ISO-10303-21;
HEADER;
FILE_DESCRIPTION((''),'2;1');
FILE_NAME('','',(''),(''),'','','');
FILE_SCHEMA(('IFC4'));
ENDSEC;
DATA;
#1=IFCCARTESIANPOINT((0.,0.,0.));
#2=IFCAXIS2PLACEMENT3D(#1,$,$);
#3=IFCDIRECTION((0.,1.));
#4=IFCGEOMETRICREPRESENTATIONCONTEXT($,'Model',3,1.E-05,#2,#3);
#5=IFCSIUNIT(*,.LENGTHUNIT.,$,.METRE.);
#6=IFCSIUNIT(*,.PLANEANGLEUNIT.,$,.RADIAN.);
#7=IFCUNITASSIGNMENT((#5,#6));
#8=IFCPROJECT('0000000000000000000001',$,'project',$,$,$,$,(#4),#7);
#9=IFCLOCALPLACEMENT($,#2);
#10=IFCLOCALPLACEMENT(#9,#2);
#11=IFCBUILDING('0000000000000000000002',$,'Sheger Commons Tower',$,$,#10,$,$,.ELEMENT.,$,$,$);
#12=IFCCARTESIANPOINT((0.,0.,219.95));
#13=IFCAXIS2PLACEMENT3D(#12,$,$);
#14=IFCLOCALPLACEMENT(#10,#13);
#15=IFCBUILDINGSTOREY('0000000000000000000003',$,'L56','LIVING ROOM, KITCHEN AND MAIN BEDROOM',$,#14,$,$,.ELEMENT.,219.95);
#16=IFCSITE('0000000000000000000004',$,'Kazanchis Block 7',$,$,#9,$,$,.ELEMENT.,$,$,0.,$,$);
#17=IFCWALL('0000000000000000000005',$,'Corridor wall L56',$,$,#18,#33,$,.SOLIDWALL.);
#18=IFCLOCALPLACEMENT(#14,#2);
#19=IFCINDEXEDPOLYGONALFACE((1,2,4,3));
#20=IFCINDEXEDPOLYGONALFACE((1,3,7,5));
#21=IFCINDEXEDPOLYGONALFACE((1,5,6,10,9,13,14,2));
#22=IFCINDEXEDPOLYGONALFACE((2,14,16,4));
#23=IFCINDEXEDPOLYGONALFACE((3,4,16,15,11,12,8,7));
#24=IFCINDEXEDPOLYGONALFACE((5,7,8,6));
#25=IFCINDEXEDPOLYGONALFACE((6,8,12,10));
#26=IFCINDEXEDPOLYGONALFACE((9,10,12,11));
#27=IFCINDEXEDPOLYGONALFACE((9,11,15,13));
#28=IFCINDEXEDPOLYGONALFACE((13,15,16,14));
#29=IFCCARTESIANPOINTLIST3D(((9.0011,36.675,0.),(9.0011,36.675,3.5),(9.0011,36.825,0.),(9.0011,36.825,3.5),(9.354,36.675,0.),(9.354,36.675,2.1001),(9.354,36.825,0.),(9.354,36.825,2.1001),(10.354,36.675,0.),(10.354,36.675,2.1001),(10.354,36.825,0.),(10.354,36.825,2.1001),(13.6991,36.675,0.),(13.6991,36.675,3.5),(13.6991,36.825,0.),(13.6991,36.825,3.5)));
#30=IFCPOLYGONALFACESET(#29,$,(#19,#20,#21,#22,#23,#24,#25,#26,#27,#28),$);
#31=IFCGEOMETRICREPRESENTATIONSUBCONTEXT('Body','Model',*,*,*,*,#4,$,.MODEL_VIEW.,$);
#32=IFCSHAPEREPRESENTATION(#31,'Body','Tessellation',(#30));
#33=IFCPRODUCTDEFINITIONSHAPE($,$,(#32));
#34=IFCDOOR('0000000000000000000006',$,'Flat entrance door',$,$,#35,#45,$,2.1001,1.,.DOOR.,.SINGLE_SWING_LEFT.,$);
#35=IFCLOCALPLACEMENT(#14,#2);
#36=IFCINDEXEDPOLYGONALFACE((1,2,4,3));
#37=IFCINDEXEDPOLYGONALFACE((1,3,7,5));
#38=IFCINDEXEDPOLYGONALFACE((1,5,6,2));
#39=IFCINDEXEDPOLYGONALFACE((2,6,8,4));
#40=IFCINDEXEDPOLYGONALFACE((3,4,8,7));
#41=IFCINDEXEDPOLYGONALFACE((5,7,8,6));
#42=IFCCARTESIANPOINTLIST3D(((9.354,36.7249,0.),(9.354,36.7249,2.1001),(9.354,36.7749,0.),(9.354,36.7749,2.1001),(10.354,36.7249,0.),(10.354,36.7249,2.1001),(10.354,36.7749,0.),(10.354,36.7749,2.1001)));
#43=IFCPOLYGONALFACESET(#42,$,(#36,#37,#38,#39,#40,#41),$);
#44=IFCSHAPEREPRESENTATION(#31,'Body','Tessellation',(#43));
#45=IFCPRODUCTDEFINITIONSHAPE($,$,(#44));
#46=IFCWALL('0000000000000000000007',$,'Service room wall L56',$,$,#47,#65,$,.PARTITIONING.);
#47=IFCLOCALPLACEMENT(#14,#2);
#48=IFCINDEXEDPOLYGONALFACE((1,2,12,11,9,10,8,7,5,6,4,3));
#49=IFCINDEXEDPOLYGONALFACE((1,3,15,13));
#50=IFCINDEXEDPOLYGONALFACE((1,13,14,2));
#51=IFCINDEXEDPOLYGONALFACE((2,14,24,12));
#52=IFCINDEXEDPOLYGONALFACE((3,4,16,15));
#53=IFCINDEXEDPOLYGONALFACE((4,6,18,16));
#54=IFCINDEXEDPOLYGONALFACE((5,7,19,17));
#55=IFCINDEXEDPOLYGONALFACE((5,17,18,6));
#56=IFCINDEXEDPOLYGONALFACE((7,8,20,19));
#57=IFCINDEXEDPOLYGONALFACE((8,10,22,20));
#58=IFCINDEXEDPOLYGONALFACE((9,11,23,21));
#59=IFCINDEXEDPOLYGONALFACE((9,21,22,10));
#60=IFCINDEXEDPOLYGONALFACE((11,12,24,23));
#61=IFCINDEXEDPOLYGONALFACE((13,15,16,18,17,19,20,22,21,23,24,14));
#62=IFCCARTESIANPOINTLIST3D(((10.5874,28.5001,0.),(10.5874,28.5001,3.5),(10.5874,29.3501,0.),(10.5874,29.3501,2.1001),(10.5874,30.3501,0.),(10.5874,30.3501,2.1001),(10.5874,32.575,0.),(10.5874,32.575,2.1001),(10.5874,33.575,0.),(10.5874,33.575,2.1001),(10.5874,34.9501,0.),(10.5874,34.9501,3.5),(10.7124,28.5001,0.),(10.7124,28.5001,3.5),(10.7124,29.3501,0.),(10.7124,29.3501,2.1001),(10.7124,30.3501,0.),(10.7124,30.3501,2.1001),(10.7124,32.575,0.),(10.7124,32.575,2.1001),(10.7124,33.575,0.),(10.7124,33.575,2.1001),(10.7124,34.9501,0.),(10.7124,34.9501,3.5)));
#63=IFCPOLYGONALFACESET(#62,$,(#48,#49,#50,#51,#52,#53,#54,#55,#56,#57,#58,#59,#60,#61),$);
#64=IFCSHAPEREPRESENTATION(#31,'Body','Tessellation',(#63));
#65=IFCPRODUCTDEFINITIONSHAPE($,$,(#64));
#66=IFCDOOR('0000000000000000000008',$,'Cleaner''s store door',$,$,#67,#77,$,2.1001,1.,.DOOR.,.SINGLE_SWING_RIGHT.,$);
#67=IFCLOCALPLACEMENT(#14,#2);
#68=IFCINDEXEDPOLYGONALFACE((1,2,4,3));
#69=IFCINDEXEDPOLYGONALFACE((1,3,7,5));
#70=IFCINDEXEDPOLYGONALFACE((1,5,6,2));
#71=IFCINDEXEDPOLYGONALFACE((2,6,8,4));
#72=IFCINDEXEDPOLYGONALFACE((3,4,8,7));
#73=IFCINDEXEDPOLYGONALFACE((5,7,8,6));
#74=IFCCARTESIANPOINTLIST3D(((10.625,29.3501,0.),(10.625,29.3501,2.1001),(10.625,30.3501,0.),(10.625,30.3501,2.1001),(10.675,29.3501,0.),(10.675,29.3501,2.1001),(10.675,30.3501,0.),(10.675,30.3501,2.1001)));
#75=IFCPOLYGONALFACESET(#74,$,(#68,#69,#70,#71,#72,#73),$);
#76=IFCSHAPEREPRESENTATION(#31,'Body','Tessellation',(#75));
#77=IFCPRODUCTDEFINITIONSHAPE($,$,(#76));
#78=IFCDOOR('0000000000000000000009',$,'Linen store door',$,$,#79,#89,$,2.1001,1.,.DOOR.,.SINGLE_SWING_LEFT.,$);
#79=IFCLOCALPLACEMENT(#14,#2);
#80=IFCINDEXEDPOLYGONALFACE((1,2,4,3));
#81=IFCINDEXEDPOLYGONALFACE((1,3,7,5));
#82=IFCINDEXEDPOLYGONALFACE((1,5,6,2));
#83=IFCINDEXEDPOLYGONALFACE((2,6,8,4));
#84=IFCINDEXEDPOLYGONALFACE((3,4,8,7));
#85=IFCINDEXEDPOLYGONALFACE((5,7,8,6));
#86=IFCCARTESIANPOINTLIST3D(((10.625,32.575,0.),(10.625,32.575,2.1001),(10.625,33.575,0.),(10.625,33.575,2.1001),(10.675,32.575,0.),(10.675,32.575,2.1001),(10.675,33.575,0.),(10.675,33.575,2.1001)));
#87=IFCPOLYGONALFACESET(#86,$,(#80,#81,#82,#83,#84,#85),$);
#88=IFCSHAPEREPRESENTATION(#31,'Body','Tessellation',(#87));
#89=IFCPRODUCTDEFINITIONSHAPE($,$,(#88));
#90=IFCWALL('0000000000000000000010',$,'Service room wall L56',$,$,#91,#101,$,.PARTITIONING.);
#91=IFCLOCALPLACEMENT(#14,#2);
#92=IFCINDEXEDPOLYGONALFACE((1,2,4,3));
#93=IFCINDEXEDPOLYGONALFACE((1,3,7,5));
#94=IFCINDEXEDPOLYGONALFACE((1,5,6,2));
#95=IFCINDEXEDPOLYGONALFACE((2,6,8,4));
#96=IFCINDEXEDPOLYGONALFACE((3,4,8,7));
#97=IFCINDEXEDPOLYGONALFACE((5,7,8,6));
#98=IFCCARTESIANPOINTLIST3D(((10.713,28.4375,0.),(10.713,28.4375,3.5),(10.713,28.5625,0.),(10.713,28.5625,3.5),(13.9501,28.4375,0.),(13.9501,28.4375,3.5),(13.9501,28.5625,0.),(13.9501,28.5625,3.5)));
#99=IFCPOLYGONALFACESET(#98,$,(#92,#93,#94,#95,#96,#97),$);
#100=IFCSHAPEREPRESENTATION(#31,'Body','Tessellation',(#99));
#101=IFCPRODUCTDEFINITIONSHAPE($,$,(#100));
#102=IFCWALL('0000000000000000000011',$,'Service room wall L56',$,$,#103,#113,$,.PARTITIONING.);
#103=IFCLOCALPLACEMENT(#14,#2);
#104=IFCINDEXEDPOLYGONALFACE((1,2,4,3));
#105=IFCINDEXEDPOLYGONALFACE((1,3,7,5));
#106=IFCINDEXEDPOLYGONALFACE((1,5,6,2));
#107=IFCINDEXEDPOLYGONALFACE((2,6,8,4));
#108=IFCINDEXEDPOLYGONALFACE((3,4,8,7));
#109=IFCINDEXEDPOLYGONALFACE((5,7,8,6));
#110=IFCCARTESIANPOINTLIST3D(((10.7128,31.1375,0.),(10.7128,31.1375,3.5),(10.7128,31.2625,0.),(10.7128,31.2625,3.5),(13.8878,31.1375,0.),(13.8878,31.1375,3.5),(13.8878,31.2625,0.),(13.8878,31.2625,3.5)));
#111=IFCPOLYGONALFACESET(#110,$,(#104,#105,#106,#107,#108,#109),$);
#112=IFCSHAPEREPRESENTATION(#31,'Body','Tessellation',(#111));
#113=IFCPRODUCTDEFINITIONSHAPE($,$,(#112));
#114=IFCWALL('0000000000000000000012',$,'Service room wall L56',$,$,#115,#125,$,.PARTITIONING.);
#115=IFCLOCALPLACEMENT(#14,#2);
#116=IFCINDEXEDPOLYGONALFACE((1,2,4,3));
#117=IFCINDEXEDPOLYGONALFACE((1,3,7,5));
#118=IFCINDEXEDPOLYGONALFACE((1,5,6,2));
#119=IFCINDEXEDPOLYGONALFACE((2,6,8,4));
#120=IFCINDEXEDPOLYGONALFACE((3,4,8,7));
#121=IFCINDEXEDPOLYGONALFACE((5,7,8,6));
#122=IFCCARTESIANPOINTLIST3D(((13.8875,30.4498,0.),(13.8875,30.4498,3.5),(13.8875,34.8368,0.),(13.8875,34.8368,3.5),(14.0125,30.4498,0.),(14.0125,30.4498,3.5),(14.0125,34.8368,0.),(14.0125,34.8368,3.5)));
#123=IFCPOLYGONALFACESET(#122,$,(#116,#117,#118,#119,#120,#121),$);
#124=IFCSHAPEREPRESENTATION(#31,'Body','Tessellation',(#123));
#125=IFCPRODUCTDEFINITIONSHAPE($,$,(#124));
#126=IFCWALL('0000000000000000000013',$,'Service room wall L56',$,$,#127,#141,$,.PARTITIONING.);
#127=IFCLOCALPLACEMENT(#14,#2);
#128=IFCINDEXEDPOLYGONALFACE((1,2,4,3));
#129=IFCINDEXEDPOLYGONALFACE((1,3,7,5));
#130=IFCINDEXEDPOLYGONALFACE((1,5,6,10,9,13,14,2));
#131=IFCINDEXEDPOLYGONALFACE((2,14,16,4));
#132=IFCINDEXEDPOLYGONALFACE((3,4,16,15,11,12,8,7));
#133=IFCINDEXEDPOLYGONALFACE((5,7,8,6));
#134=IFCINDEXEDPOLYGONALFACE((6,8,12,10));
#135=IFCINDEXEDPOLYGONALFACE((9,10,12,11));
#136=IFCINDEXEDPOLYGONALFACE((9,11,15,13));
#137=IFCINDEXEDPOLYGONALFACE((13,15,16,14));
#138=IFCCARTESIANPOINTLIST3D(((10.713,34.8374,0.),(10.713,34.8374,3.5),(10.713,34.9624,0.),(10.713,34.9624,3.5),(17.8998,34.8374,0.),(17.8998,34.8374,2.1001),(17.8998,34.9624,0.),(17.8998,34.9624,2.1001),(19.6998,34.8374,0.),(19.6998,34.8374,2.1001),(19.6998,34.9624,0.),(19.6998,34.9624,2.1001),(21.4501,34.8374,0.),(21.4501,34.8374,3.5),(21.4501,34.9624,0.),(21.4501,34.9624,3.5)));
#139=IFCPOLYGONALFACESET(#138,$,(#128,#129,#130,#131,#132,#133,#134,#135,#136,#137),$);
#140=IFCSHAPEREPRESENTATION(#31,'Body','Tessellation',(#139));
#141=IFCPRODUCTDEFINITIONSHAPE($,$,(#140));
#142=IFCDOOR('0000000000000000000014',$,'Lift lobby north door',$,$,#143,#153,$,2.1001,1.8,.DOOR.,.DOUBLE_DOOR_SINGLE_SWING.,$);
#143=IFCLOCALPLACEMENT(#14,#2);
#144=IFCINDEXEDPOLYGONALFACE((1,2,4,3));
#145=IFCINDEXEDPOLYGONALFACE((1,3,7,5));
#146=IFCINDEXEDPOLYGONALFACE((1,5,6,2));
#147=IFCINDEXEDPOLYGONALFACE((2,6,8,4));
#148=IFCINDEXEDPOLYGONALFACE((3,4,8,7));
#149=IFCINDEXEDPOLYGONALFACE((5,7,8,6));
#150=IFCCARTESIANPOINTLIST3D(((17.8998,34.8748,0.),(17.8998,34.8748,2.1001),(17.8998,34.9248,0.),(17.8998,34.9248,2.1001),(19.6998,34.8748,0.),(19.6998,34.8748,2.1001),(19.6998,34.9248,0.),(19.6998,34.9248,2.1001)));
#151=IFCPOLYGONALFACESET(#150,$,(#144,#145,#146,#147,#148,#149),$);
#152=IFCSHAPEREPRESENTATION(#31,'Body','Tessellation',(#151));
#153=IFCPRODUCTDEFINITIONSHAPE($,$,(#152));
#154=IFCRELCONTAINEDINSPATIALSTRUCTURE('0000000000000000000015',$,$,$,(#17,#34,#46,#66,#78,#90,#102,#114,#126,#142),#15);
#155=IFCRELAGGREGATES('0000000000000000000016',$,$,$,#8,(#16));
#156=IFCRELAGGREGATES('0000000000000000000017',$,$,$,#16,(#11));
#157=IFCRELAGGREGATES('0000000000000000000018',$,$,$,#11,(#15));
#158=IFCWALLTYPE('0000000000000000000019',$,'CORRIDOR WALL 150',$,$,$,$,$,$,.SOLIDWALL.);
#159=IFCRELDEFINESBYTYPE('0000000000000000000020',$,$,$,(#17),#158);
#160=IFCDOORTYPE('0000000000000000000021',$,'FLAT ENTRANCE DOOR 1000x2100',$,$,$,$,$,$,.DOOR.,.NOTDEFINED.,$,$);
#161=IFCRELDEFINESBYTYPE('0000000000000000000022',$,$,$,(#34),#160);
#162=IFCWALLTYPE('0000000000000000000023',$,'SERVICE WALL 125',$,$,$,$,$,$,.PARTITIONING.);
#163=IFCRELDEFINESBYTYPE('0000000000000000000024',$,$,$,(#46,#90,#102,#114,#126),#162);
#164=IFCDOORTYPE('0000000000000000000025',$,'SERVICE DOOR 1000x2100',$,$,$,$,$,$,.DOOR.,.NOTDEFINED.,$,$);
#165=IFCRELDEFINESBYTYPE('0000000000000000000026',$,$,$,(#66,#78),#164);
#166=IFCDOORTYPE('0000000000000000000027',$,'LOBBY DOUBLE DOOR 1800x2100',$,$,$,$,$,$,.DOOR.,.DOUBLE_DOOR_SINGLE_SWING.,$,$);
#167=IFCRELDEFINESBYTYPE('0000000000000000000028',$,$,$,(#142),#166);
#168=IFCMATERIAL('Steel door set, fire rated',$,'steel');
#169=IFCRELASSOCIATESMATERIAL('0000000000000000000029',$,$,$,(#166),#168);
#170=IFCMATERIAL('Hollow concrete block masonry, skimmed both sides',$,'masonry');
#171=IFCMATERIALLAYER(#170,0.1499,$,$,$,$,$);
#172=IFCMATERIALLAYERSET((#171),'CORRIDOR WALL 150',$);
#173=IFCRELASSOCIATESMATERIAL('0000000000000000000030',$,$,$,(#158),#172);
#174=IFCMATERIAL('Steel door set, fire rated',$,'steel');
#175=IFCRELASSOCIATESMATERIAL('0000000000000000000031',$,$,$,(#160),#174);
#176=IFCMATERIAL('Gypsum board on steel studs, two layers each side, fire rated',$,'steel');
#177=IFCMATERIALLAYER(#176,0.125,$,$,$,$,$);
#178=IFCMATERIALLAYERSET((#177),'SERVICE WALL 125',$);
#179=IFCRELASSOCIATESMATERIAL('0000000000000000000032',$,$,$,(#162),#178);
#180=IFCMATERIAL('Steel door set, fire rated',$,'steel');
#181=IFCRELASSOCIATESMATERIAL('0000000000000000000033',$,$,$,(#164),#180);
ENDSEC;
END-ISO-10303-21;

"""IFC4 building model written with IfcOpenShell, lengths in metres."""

from ifc_helpers import new_model, si_unit, direction, frame, frame_2d, origin, place, context, subcontext, project, spatial, rectangle, extrude, material, layer, layer_set, type_object, element, fill, save


model = new_model("IFC4")

# Units and contexts
model_context = context("Model", 3, precision=1e-05, world=origin(), true_north=direction((0.0, 1.0)))
body_context = subcontext(model_context, "Body", "Model", "MODEL_VIEW")
ifc_project = project(units=[si_unit("LENGTHUNIT", "METRE"), si_unit("PLANEANGLEUNIT", "RADIAN")], contexts=[model_context])

# Site, building, storey
site_placement = place(None, origin())
site = spatial("IfcSite", under=ifc_project, at=site_placement, Name="Kazanchis Block 7", CompositionType="ELEMENT", RefElevation=0.0)
building_placement = place(site_placement, origin())
building = spatial("IfcBuilding", under=site, at=building_placement, Name="Sheger Commons Tower", CompositionType="ELEMENT")
storey_placement = place(building_placement, frame((0.0, 0.0, 219.95)))
storey = spatial("IfcBuildingStorey", under=building, at=storey_placement, Name="L56", Description="LIVING ROOM, KITCHEN AND MAIN BEDROOM", CompositionType="ELEMENT", Elevation=219.95)

# Shared definitions
ifc_material_1 = material(Name="Steel door set, fire rated", Category="steel")
door_type_1 = type_object("IfcDoorType", Name="LOBBY DOUBLE DOOR 1800x2100", OperationType="DOUBLE_DOOR_SINGLE_SWING", PredefinedType="DOOR", material=ifc_material_1)

# Wall, opening, door
ifc_material_2 = material(Name="Hollow concrete block masonry, skimmed both sides", Category="masonry")
ifc_layer_1 = layer(ifc_material_2, 0.1499)
ifc_layer_set_1 = layer_set([ifc_layer_1], Name="CORRIDOR WALL 150")
wall_type_1 = type_object("IfcWallType", Name="CORRIDOR WALL 150", PredefinedType="SOLIDWALL", material=ifc_layer_set_1)
wall_1_placement = place(storey_placement, frame((9.001, 36.75, 0.0), z_axis=(0.0, 0.0, 1.0), x_axis=(1.0, 0.0, 0.0)))
wall_1 = element("IfcWall", 1, at=wall_1_placement, inside=storey, type_object=wall_type_1, Name="Corridor wall L56", PredefinedType="SOLIDWALL", context=body_context, shape_type="SweptSolid", body=[
    extrude(rectangle(XDim=4.698, YDim=0.1499, at=frame_2d((2.3491, 0.0))), origin(), (0.0, 0.0, 1.0), 3.5),
])
opening_1_placement = place(wall_1_placement, frame((0.353, 0.0, 0.0)))
opening_1 = element("IfcOpeningElement", 2, at=opening_1_placement, cuts=wall_1, PredefinedType="OPENING", context=body_context, shape_type="SweptSolid", body=[
    extrude(rectangle(XDim=1.0, YDim=2.1001, at=frame_2d((0.5, 1.05))), frame((0.0, 0.085, 0.0), z_axis=(0.0, -1.0, 0.0), x_axis=(1.0, 0.0, 0.0)), (0.0, 0.0, 1.0), 0.1699),
])
ifc_material_3 = material(Name="Steel door set, fire rated", Category="steel")
door_type_2 = type_object("IfcDoorType", Name="FLAT ENTRANCE DOOR 1000x2100", OperationType="NOTDEFINED", PredefinedType="DOOR", material=ifc_material_3)
door_1_placement = place(opening_1_placement, origin())
door_1 = element("IfcDoor", 3, at=door_1_placement, inside=storey, type_object=door_type_2, Name="Flat entrance door", OperationType="SINGLE_SWING_LEFT", OverallHeight=2.1001, OverallWidth=1.0, PredefinedType="DOOR", context=body_context, shape_type="SweptSolid", body=[
    extrude(rectangle(XDim=1.0, YDim=2.1001, at=frame_2d((0.5, 1.05))), frame((0.0, 0.0249, 0.0), z_axis=(0.0, -1.0, 0.0), x_axis=(1.0, 0.0, 0.0)), (0.0, 0.0, 1.0), 0.05),
])
fill(opening_1, door_1)

# Wall, openings, doors
ifc_material_4 = material(Name="Gypsum board on steel studs, two layers each side, fire rated", Category="steel")
ifc_layer_2 = layer(ifc_material_4, 0.125)
ifc_layer_set_2 = layer_set([ifc_layer_2], Name="SERVICE WALL 125")
wall_type_2 = type_object("IfcWallType", Name="SERVICE WALL 125", PredefinedType="PARTITIONING", material=ifc_layer_set_2)
wall_2_placement = place(storey_placement, frame((10.6499, 28.5, 0.0), z_axis=(0.0, 0.0, 1.0), x_axis=(0.0, 1.0, 0.0)))
wall_2 = element("IfcWall", 4, at=wall_2_placement, inside=storey, type_object=wall_type_2, Name="Service room wall L56", PredefinedType="PARTITIONING", context=body_context, shape_type="SweptSolid", body=[
    extrude(rectangle(XDim=6.45, YDim=0.125, at=frame_2d((3.2251, 0.0))), origin(), (0.0, 0.0, 1.0), 3.5),
])
opening_2_placement = place(wall_2_placement, frame((0.8501, 0.0, 0.0)))
opening_2 = element("IfcOpeningElement", 5, at=opening_2_placement, cuts=wall_2, PredefinedType="OPENING", context=body_context, shape_type="SweptSolid", body=[
    extrude(rectangle(XDim=1.0, YDim=2.1001, at=frame_2d((0.5, 1.05))), frame((0.0, 0.0725, 0.0), z_axis=(0.0, -1.0, 0.0), x_axis=(1.0, 0.0, 0.0)), (0.0, 0.0, 1.0), 0.145),
])
opening_3_placement = place(wall_2_placement, frame((4.075, 0.0, 0.0)))
opening_3 = element("IfcOpeningElement", 6, at=opening_3_placement, cuts=wall_2, PredefinedType="OPENING", context=body_context, shape_type="SweptSolid", body=[
    extrude(rectangle(XDim=1.0, YDim=2.1001, at=frame_2d((0.5, 1.05))), frame((0.0, 0.0725, 0.0), z_axis=(0.0, -1.0, 0.0), x_axis=(1.0, 0.0, 0.0)), (0.0, 0.0, 1.0), 0.145),
])
ifc_material_5 = material(Name="Steel door set, fire rated", Category="steel")
door_type_3 = type_object("IfcDoorType", Name="SERVICE DOOR 1000x2100", OperationType="NOTDEFINED", PredefinedType="DOOR", material=ifc_material_5)
door_2_placement = place(opening_2_placement, origin())
door_2 = element("IfcDoor", 7, at=door_2_placement, inside=storey, type_object=door_type_3, Name="Cleaner's store door", OperationType="SINGLE_SWING_RIGHT", OverallHeight=2.1001, OverallWidth=1.0, PredefinedType="DOOR", context=body_context, shape_type="SweptSolid", body=[
    extrude(rectangle(XDim=1.0, YDim=2.1001, at=frame_2d((0.5, 1.05))), frame((0.0, 0.0249, 0.0), z_axis=(0.0, -1.0, 0.0), x_axis=(1.0, 0.0, 0.0)), (0.0, 0.0, 1.0), 0.05),
])
fill(opening_2, door_2)
door_3_placement = place(opening_3_placement, origin())
door_3 = element("IfcDoor", 8, at=door_3_placement, inside=storey, type_object=door_type_3, Name="Linen store door", OperationType="SINGLE_SWING_LEFT", OverallHeight=2.1001, OverallWidth=1.0, PredefinedType="DOOR", context=body_context, shape_type="SweptSolid", body=[
    extrude(rectangle(XDim=1.0, YDim=2.1001, at=frame_2d((0.5, 1.05))), frame((0.0, 0.0249, 0.0), z_axis=(0.0, -1.0, 0.0), x_axis=(1.0, 0.0, 0.0)), (0.0, 0.0, 1.0), 0.05),
])
fill(opening_3, door_3)

# Walls
wall_3_placement = place(storey_placement, frame((10.7129, 28.5, 0.0), z_axis=(0.0, 0.0, 1.0), x_axis=(1.0, 0.0, 0.0)))
element("IfcWall", 9, at=wall_3_placement, inside=storey, type_object=wall_type_2, Name="Service room wall L56", PredefinedType="PARTITIONING", context=body_context, shape_type="SweptSolid", body=[
    extrude(rectangle(XDim=3.2371, YDim=0.125, at=frame_2d((1.6187, 0.0))), origin(), (0.0, 0.0, 1.0), 3.5),
])
wall_4_placement = place(storey_placement, frame((10.7129, 31.2, 0.0), z_axis=(0.0, 0.0, 1.0), x_axis=(1.0, 0.0, 0.0)))
element("IfcWall", 10, at=wall_4_placement, inside=storey, type_object=wall_type_2, Name="Service room wall L56", PredefinedType="PARTITIONING", context=body_context, shape_type="SweptSolid", body=[
    extrude(rectangle(XDim=3.175, YDim=0.125, at=frame_2d((1.5874, 0.0))), origin(), (0.0, 0.0, 1.0), 3.5),
])
wall_5_placement = place(storey_placement, frame((13.95, 30.45, 0.0), z_axis=(0.0, 0.0, 1.0), x_axis=(0.0, 1.0, 0.0)))
element("IfcWall", 11, at=wall_5_placement, inside=storey, type_object=wall_type_2, Name="Service room wall L56", PredefinedType="PARTITIONING", context=body_context, shape_type="SweptSolid", body=[
    extrude(rectangle(XDim=4.387, YDim=0.125, at=frame_2d((2.1934, 0.0))), origin(), (0.0, 0.0, 1.0), 3.5),
])

# Wall, opening, door
wall_6_placement = place(storey_placement, frame((10.7129, 34.8999, 0.0), z_axis=(0.0, 0.0, 1.0), x_axis=(1.0, 0.0, 0.0)))
wall_6 = element("IfcWall", 12, at=wall_6_placement, inside=storey, type_object=wall_type_2, Name="Service room wall L56", PredefinedType="PARTITIONING", context=body_context, shape_type="SweptSolid", body=[
    extrude(rectangle(XDim=10.7371, YDim=0.125, at=frame_2d((5.3687, 0.0))), origin(), (0.0, 0.0, 1.0), 3.5),
])
opening_4_placement = place(wall_6_placement, frame((7.187, 0.0, 0.0)))
opening_4 = element("IfcOpeningElement", 13, at=opening_4_placement, cuts=wall_6, PredefinedType="OPENING", context=body_context, shape_type="SweptSolid", body=[
    extrude(rectangle(XDim=1.8, YDim=2.1001, at=frame_2d((0.8999, 1.05))), frame((0.0, 0.0725, 0.0), z_axis=(0.0, -1.0, 0.0), x_axis=(1.0, 0.0, 0.0)), (0.0, 0.0, 1.0), 0.145),
])
door_4_placement = place(opening_4_placement, origin())
door_4 = element("IfcDoor", 14, at=door_4_placement, inside=storey, type_object=door_type_1, Name="Lift lobby north door", OperationType="DOUBLE_DOOR_SINGLE_SWING", OverallHeight=2.1001, OverallWidth=1.8, PredefinedType="DOOR", context=body_context, shape_type="SweptSolid", body=[
    extrude(rectangle(XDim=1.8, YDim=2.1001, at=frame_2d((0.8999, 1.05))), frame((0.0, 0.0249, 0.0), z_axis=(0.0, -1.0, 0.0), x_axis=(1.0, 0.0, 0.0)), (0.0, 0.0, 1.0), 0.05),
])
fill(opening_4, door_4)

save(model, "model.ifc")
